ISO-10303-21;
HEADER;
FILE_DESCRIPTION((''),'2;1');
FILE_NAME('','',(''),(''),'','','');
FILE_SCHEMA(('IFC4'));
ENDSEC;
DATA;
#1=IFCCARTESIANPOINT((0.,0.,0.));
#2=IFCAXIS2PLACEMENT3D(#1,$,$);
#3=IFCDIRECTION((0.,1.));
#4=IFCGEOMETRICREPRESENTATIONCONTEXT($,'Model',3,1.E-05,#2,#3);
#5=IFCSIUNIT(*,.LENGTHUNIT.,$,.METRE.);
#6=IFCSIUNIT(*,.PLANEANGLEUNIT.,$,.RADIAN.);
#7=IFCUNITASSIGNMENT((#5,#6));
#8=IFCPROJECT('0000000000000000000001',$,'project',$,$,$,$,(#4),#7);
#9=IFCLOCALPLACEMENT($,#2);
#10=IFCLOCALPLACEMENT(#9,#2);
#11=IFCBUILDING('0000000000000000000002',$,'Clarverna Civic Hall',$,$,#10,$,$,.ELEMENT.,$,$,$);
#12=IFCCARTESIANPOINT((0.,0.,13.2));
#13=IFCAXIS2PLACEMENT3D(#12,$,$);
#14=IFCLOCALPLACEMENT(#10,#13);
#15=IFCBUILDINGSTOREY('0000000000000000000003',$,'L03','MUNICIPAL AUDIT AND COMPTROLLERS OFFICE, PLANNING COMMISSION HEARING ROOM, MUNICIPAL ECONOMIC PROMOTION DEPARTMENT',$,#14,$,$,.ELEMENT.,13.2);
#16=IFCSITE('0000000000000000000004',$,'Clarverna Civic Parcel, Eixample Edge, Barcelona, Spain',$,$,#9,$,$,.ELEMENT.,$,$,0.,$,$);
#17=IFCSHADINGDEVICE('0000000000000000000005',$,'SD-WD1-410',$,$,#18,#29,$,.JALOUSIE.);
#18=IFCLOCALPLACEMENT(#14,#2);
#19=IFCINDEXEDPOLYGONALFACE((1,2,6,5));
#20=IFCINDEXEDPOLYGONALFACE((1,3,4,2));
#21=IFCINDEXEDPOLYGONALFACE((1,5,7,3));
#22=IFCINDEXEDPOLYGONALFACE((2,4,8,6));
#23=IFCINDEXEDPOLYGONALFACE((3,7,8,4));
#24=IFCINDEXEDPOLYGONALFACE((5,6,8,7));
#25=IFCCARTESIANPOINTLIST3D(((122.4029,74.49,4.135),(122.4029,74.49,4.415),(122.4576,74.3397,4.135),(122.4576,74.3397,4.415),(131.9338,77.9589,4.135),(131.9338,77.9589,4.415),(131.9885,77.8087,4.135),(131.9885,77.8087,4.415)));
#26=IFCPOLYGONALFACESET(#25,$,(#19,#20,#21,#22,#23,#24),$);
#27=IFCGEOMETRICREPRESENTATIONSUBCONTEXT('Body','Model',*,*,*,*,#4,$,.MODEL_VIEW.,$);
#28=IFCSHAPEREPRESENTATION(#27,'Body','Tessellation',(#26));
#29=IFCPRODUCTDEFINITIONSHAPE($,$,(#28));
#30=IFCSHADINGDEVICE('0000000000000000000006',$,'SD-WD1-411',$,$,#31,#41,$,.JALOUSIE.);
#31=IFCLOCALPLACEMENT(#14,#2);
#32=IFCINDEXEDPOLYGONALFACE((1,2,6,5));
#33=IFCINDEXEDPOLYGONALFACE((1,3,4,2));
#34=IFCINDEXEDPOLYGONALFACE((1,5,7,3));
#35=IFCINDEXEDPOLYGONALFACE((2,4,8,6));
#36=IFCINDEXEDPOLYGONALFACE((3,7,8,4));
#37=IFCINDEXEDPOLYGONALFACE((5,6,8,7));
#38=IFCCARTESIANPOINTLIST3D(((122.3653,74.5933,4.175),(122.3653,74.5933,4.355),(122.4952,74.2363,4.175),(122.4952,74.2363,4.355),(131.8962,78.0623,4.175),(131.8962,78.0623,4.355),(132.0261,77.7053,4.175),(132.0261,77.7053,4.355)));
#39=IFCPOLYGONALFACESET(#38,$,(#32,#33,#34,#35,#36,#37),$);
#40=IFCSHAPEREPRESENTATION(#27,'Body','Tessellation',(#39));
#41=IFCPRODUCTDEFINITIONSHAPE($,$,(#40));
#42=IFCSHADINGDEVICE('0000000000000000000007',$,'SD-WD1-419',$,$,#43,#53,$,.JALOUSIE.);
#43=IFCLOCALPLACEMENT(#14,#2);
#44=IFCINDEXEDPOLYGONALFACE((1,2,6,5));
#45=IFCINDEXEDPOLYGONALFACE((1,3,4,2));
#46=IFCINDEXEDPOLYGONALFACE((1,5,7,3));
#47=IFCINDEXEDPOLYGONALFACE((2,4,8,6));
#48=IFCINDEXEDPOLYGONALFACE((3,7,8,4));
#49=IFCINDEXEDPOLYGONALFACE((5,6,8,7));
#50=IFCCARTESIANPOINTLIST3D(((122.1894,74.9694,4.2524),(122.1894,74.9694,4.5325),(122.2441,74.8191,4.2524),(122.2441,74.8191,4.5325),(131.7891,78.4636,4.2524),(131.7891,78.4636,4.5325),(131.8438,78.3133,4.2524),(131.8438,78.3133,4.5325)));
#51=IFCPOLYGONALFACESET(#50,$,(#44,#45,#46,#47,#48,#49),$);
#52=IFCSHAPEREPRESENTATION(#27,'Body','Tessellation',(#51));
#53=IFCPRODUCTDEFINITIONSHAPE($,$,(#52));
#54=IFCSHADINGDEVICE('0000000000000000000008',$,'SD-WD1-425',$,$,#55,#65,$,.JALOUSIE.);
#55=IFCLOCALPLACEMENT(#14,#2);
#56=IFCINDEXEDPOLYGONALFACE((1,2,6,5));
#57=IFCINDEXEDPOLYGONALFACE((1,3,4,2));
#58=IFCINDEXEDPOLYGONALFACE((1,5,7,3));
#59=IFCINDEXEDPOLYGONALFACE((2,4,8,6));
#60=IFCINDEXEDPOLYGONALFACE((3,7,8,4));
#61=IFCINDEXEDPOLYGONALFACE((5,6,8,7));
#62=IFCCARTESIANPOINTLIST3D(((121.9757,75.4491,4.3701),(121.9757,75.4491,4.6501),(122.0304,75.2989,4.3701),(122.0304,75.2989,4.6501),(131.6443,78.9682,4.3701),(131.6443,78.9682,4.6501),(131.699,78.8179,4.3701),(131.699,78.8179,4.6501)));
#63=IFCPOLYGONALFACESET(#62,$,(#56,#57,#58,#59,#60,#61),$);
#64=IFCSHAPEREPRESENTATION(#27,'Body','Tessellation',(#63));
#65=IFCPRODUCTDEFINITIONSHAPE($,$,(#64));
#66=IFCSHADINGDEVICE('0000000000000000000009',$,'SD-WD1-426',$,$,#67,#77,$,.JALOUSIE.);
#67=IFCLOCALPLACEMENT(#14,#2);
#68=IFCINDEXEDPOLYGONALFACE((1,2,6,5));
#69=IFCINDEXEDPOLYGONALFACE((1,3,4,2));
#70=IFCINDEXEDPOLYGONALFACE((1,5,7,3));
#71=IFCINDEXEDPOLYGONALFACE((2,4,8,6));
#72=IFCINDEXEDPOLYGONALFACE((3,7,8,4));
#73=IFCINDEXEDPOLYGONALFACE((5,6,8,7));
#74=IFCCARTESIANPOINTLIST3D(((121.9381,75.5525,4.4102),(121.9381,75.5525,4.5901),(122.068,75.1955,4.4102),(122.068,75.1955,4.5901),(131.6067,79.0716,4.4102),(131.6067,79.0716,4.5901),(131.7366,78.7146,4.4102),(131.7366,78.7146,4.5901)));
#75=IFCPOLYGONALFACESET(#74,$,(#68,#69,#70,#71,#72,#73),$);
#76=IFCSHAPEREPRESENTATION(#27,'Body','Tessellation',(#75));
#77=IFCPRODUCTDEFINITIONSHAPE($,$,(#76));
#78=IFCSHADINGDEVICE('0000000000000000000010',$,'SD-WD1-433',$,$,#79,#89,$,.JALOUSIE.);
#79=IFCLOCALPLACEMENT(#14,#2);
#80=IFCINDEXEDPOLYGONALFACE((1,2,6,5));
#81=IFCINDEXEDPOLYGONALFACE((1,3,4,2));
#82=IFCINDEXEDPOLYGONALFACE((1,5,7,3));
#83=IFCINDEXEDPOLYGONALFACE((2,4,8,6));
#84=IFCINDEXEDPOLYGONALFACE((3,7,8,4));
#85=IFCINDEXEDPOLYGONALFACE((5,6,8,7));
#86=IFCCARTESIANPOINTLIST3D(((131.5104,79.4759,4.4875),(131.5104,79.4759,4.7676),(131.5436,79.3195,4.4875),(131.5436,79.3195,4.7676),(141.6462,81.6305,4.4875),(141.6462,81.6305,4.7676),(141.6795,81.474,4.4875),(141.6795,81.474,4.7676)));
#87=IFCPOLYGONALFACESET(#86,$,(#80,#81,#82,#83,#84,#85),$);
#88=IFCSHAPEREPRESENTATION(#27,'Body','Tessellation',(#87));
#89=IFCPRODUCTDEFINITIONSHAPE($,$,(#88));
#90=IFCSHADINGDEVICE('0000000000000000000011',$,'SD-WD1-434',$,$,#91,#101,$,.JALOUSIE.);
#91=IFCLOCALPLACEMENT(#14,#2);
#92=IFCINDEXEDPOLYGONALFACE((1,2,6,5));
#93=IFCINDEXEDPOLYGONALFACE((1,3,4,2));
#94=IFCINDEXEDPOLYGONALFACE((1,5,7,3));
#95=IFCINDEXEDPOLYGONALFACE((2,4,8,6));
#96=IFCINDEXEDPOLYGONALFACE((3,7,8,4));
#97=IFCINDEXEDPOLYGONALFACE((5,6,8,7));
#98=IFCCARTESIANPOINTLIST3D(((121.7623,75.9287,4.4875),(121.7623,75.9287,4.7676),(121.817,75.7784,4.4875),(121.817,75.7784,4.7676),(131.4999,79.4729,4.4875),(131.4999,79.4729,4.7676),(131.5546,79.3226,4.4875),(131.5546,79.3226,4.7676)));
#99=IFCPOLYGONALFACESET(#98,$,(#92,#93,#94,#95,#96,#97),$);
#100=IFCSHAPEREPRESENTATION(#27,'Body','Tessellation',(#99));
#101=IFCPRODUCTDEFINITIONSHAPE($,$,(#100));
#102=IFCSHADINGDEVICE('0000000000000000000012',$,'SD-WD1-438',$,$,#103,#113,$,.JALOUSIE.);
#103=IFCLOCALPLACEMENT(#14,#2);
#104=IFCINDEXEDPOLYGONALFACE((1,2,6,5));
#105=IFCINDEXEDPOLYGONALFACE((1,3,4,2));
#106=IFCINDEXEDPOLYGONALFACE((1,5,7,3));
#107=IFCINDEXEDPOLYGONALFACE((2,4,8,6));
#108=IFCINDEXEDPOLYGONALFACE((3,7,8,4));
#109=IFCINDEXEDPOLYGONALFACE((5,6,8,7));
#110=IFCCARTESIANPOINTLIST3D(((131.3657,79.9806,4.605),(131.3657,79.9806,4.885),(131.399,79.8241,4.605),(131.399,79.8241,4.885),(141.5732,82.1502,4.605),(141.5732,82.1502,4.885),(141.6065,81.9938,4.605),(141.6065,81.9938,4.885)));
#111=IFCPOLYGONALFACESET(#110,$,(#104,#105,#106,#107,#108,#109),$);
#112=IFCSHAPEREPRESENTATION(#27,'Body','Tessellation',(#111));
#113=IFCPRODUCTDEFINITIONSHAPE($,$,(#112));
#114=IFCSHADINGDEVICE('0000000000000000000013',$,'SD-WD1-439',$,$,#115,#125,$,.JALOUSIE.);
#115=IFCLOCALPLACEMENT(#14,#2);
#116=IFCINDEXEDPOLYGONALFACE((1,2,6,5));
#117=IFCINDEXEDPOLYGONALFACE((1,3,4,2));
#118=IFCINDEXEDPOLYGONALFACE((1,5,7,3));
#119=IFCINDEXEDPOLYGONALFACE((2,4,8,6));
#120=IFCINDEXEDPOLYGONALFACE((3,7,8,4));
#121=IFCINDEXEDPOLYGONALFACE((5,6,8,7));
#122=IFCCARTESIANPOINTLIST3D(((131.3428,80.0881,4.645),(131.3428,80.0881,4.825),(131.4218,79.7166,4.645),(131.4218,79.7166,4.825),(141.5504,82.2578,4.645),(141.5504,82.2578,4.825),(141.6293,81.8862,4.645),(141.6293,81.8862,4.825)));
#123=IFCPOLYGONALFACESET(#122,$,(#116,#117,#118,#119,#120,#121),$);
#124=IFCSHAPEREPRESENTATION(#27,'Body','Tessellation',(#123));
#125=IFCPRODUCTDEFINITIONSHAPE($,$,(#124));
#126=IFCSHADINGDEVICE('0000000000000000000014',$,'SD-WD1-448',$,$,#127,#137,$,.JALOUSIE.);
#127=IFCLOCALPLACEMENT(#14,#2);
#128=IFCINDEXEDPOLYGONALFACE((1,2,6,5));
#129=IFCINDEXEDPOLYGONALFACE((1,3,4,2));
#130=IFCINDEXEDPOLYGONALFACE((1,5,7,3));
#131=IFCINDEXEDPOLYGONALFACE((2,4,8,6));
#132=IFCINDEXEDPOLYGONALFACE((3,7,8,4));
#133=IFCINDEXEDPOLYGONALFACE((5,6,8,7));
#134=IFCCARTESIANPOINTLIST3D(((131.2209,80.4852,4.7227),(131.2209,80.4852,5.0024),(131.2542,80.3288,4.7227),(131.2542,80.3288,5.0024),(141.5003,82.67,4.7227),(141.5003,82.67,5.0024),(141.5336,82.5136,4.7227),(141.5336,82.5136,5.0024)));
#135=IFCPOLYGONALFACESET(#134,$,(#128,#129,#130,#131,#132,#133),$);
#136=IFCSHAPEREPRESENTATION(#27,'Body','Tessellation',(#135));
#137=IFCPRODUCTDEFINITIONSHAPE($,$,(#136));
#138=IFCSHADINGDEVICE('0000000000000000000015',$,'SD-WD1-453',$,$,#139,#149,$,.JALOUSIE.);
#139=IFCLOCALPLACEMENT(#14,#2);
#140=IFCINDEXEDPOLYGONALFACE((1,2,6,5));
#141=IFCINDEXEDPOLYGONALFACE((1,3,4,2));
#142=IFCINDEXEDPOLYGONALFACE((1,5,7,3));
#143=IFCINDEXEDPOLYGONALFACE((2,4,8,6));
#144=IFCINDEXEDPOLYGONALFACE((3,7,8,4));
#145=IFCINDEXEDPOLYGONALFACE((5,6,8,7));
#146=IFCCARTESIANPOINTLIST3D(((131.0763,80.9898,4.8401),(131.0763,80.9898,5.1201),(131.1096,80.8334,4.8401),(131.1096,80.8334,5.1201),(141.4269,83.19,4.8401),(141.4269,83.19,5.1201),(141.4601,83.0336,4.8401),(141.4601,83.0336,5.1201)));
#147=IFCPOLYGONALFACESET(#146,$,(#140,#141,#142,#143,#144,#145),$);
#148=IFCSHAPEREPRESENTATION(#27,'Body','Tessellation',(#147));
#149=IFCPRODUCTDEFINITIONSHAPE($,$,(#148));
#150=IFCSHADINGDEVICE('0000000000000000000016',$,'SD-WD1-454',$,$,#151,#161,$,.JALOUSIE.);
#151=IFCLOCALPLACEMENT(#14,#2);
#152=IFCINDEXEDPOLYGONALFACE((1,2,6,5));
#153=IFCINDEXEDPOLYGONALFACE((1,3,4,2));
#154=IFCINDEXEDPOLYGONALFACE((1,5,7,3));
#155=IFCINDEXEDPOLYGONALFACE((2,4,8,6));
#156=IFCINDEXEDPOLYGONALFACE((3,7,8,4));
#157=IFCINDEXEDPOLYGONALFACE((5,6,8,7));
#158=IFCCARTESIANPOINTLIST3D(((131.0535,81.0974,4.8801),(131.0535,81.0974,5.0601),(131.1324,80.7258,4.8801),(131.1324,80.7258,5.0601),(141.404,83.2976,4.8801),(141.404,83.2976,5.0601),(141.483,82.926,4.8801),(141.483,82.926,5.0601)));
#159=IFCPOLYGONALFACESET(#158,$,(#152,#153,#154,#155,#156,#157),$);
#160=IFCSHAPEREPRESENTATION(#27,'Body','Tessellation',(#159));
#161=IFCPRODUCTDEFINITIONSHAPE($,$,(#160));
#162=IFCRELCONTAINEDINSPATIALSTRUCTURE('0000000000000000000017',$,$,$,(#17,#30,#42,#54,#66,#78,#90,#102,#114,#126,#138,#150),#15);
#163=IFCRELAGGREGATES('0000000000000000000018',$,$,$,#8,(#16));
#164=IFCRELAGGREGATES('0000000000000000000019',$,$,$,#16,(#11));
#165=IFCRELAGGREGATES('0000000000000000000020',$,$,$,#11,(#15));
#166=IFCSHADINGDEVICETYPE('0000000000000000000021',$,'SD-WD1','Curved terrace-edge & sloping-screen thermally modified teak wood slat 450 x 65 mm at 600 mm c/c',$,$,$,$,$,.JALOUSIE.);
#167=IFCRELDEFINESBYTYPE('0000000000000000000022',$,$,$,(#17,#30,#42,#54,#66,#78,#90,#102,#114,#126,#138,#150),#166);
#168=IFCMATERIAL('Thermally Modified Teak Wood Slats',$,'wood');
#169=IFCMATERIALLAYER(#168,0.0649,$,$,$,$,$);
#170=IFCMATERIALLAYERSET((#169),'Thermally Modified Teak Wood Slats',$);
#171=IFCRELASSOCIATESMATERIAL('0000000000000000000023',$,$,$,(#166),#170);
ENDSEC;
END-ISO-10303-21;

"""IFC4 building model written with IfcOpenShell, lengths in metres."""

from ifc_helpers import new_model, si_unit, direction, frame, frame_2d, origin, place, context, subcontext, project, spatial, rectangle, extrude, material, layer, layer_set, type_object, element, save


model = new_model("IFC4")

# Units and contexts
model_context = context("Model", 3, precision=1e-05, world=origin(), true_north=direction((0.0, 1.0)))
body_context = subcontext(model_context, "Body", "Model", "MODEL_VIEW")
ifc_project = project(units=[si_unit("LENGTHUNIT", "METRE"), si_unit("PLANEANGLEUNIT", "RADIAN")], contexts=[model_context])

# Site, building, storey
site_placement = place(None, origin())
site = spatial("IfcSite", under=ifc_project, at=site_placement, Name="Clarverna Civic Parcel, Eixample Edge, Barcelona, Spain", CompositionType="ELEMENT", RefElevation=0.0)
building_placement = place(site_placement, origin())
building = spatial("IfcBuilding", under=site, at=building_placement, Name="Clarverna Civic Hall", CompositionType="ELEMENT")
storey_placement = place(building_placement, frame((0.0, 0.0, 13.2)))
storey = spatial("IfcBuildingStorey", under=building, at=storey_placement, Name="L03", Description="MUNICIPAL AUDIT AND COMPTROLLERS OFFICE, PLANNING COMMISSION HEARING ROOM, MUNICIPAL ECONOMIC PROMOTION DEPARTMENT", CompositionType="ELEMENT", Elevation=13.2)

# Shading devices
ifc_material_1 = material(Name="Thermally Modified Teak Wood Slats", Category="wood")
ifc_layer_1 = layer(ifc_material_1, 0.0649)
ifc_layer_set_1 = layer_set([ifc_layer_1], Name="Thermally Modified Teak Wood Slats")
shading_device_type = type_object("IfcShadingDeviceType", Name="SD-WD1", Description="Curved terrace-edge & sloping-screen thermally modified teak wood slat 450 x 65 mm at 600 mm c/c", PredefinedType="JALOUSIE", material=ifc_layer_set_1)
shading_device_1_placement = place(storey_placement, frame((131.9612, 77.8838, 4.135), z_axis=(0.0, 0.0, 1.0), x_axis=(-0.939693, -0.342019, 0.0)))
element("IfcShadingDevice", 1, at=shading_device_1_placement, inside=storey, type_object=shading_device_type, Name="SD-WD1-410", PredefinedType="JALOUSIE", context=body_context, shape_type="SweptSolid", body=[
    extrude(rectangle(XDim=10.1426, YDim=0.1599, at=frame_2d((5.0713, 0.0))), origin(), (0.0, 0.0, 1.0), 0.28),
])
shading_device_2_placement = place(storey_placement, frame((131.9612, 77.8838, 4.175), z_axis=(0.0, 0.0, 1.0), x_axis=(-0.939693, -0.342019, 0.0)))
element("IfcShadingDevice", 2, at=shading_device_2_placement, inside=storey, type_object=shading_device_type, Name="SD-WD1-411", PredefinedType="JALOUSIE", context=body_context, shape_type="SweptSolid", body=[
    extrude(rectangle(XDim=10.1426, YDim=0.3799, at=frame_2d((5.0713, 0.0))), origin(), (0.0, 0.0, 1.0), 0.1799),
])
shading_device_3_placement = place(storey_placement, frame((131.8164, 78.3884, 4.2524), z_axis=(0.0, 0.0, 1.0), x_axis=(-0.939687, -0.342035, 0.0)))
element("IfcShadingDevice", 3, at=shading_device_3_placement, inside=storey, type_object=shading_device_type, Name="SD-WD1-419", PredefinedType="JALOUSIE", context=body_context, shape_type="SweptSolid", body=[
    extrude(rectangle(XDim=10.2158, YDim=0.1599, at=frame_2d((5.1079, 0.0))), origin(), (0.0, 0.0, 1.0), 0.28),
])
shading_device_4_placement = place(storey_placement, frame((131.6716, 78.8931, 4.3701), z_axis=(0.0, 0.0, 1.0), x_axis=(-0.939692, -0.342021, 0.0)))
element("IfcShadingDevice", 4, at=shading_device_4_placement, inside=storey, type_object=shading_device_type, Name="SD-WD1-425", PredefinedType="JALOUSIE", context=body_context, shape_type="SweptSolid", body=[
    extrude(rectangle(XDim=10.2891, YDim=0.1599, at=frame_2d((5.1445, 0.0))), origin(), (0.0, 0.0, 1.0), 0.28),
])
shading_device_5_placement = place(storey_placement, frame((131.6716, 78.8931, 4.4102), z_axis=(0.0, 0.0, 1.0), x_axis=(-0.939692, -0.342021, 0.0)))
element("IfcShadingDevice", 5, at=shading_device_5_placement, inside=storey, type_object=shading_device_type, Name="SD-WD1-426", PredefinedType="JALOUSIE", context=body_context, shape_type="SweptSolid", body=[
    extrude(rectangle(XDim=10.2891, YDim=0.3799, at=frame_2d((5.1445, 0.0))), origin(), (0.0, 0.0, 1.0), 0.1799),
])
shading_device_6_placement = place(storey_placement, frame((141.6628, 81.5522, 4.4875), z_axis=(0.0, 0.0, 1.0), x_axis=(-0.978145, -0.207923, 0.0)))
element("IfcShadingDevice", 6, at=shading_device_6_placement, inside=storey, type_object=shading_device_type, Name="SD-WD1-433", PredefinedType="JALOUSIE", context=body_context, shape_type="SweptSolid", body=[
    extrude(rectangle(XDim=10.3623, YDim=0.1599, at=frame_2d((5.1812, 0.0))), origin(), (0.0, 0.0, 1.0), 0.28),
])
shading_device_7_placement = place(storey_placement, frame((131.5271, 79.3977, 4.4875), z_axis=(0.0, 0.0, 1.0), x_axis=(-0.939692, -0.342021, 0.0)))
element("IfcShadingDevice", 7, at=shading_device_7_placement, inside=storey, type_object=shading_device_type, Name="SD-WD1-434", PredefinedType="JALOUSIE", context=body_context, shape_type="SweptSolid", body=[
    extrude(rectangle(XDim=10.3625, YDim=0.1599, at=frame_2d((5.1812, 0.0))), origin(), (0.0, 0.0, 1.0), 0.28),
])
shading_device_8_placement = place(storey_placement, frame((141.5898, 82.072, 4.605), z_axis=(0.0, 0.0, 1.0), x_axis=(-0.978148, -0.207912, 0.0)))
element("IfcShadingDevice", 8, at=shading_device_8_placement, inside=storey, type_object=shading_device_type, Name="SD-WD1-438", PredefinedType="JALOUSIE", context=body_context, shape_type="SweptSolid", body=[
    extrude(rectangle(XDim=10.4355, YDim=0.1599, at=frame_2d((5.2178, 0.0))), origin(), (0.0, 0.0, 1.0), 0.28),
])
shading_device_9_placement = place(storey_placement, frame((141.5898, 82.072, 4.645), z_axis=(0.0, 0.0, 1.0), x_axis=(-0.978148, -0.207912, 0.0)))
element("IfcShadingDevice", 9, at=shading_device_9_placement, inside=storey, type_object=shading_device_type, Name="SD-WD1-439", PredefinedType="JALOUSIE", context=body_context, shape_type="SweptSolid", body=[
    extrude(rectangle(XDim=10.4355, YDim=0.3799, at=frame_2d((5.2178, 0.0))), origin(), (0.0, 0.0, 1.0), 0.1799),
])
shading_device_10_placement = place(storey_placement, frame((141.5168, 82.5918, 4.7227), z_axis=(0.0, 0.0, 1.0), x_axis=(-0.97815, -0.207901, 0.0)))
element("IfcShadingDevice", 10, at=shading_device_10_placement, inside=storey, type_object=shading_device_type, Name="SD-WD1-448", PredefinedType="JALOUSIE", context=body_context, shape_type="SweptSolid", body=[
    extrude(rectangle(XDim=10.509, YDim=0.1599, at=frame_2d((5.2544, 0.0))), origin(), (0.0, 0.0, 1.0), 0.2798),
])
shading_device_11_placement = place(storey_placement, frame((141.4436, 83.1118, 4.8401), z_axis=(0.0, 0.0, 1.0), x_axis=(-0.978145, -0.207922, 0.0)))
element("IfcShadingDevice", 11, at=shading_device_11_placement, inside=storey, type_object=shading_device_type, Name="SD-WD1-453", PredefinedType="JALOUSIE", context=body_context, shape_type="SweptSolid", body=[
    extrude(rectangle(XDim=10.5818, YDim=0.1599, at=frame_2d((5.291, 0.0))), origin(), (0.0, 0.0, 1.0), 0.28),
])
shading_device_12_placement = place(storey_placement, frame((141.4436, 83.1118, 4.8801), z_axis=(0.0, 0.0, 1.0), x_axis=(-0.978145, -0.207922, 0.0)))
element("IfcShadingDevice", 12, at=shading_device_12_placement, inside=storey, type_object=shading_device_type, Name="SD-WD1-454", PredefinedType="JALOUSIE", context=body_context, shape_type="SweptSolid", body=[
    extrude(rectangle(XDim=10.5818, YDim=0.3799, at=frame_2d((5.291, 0.0))), origin(), (0.0, 0.0, 1.0), 0.1799),
])

save(model, "model.ifc")
